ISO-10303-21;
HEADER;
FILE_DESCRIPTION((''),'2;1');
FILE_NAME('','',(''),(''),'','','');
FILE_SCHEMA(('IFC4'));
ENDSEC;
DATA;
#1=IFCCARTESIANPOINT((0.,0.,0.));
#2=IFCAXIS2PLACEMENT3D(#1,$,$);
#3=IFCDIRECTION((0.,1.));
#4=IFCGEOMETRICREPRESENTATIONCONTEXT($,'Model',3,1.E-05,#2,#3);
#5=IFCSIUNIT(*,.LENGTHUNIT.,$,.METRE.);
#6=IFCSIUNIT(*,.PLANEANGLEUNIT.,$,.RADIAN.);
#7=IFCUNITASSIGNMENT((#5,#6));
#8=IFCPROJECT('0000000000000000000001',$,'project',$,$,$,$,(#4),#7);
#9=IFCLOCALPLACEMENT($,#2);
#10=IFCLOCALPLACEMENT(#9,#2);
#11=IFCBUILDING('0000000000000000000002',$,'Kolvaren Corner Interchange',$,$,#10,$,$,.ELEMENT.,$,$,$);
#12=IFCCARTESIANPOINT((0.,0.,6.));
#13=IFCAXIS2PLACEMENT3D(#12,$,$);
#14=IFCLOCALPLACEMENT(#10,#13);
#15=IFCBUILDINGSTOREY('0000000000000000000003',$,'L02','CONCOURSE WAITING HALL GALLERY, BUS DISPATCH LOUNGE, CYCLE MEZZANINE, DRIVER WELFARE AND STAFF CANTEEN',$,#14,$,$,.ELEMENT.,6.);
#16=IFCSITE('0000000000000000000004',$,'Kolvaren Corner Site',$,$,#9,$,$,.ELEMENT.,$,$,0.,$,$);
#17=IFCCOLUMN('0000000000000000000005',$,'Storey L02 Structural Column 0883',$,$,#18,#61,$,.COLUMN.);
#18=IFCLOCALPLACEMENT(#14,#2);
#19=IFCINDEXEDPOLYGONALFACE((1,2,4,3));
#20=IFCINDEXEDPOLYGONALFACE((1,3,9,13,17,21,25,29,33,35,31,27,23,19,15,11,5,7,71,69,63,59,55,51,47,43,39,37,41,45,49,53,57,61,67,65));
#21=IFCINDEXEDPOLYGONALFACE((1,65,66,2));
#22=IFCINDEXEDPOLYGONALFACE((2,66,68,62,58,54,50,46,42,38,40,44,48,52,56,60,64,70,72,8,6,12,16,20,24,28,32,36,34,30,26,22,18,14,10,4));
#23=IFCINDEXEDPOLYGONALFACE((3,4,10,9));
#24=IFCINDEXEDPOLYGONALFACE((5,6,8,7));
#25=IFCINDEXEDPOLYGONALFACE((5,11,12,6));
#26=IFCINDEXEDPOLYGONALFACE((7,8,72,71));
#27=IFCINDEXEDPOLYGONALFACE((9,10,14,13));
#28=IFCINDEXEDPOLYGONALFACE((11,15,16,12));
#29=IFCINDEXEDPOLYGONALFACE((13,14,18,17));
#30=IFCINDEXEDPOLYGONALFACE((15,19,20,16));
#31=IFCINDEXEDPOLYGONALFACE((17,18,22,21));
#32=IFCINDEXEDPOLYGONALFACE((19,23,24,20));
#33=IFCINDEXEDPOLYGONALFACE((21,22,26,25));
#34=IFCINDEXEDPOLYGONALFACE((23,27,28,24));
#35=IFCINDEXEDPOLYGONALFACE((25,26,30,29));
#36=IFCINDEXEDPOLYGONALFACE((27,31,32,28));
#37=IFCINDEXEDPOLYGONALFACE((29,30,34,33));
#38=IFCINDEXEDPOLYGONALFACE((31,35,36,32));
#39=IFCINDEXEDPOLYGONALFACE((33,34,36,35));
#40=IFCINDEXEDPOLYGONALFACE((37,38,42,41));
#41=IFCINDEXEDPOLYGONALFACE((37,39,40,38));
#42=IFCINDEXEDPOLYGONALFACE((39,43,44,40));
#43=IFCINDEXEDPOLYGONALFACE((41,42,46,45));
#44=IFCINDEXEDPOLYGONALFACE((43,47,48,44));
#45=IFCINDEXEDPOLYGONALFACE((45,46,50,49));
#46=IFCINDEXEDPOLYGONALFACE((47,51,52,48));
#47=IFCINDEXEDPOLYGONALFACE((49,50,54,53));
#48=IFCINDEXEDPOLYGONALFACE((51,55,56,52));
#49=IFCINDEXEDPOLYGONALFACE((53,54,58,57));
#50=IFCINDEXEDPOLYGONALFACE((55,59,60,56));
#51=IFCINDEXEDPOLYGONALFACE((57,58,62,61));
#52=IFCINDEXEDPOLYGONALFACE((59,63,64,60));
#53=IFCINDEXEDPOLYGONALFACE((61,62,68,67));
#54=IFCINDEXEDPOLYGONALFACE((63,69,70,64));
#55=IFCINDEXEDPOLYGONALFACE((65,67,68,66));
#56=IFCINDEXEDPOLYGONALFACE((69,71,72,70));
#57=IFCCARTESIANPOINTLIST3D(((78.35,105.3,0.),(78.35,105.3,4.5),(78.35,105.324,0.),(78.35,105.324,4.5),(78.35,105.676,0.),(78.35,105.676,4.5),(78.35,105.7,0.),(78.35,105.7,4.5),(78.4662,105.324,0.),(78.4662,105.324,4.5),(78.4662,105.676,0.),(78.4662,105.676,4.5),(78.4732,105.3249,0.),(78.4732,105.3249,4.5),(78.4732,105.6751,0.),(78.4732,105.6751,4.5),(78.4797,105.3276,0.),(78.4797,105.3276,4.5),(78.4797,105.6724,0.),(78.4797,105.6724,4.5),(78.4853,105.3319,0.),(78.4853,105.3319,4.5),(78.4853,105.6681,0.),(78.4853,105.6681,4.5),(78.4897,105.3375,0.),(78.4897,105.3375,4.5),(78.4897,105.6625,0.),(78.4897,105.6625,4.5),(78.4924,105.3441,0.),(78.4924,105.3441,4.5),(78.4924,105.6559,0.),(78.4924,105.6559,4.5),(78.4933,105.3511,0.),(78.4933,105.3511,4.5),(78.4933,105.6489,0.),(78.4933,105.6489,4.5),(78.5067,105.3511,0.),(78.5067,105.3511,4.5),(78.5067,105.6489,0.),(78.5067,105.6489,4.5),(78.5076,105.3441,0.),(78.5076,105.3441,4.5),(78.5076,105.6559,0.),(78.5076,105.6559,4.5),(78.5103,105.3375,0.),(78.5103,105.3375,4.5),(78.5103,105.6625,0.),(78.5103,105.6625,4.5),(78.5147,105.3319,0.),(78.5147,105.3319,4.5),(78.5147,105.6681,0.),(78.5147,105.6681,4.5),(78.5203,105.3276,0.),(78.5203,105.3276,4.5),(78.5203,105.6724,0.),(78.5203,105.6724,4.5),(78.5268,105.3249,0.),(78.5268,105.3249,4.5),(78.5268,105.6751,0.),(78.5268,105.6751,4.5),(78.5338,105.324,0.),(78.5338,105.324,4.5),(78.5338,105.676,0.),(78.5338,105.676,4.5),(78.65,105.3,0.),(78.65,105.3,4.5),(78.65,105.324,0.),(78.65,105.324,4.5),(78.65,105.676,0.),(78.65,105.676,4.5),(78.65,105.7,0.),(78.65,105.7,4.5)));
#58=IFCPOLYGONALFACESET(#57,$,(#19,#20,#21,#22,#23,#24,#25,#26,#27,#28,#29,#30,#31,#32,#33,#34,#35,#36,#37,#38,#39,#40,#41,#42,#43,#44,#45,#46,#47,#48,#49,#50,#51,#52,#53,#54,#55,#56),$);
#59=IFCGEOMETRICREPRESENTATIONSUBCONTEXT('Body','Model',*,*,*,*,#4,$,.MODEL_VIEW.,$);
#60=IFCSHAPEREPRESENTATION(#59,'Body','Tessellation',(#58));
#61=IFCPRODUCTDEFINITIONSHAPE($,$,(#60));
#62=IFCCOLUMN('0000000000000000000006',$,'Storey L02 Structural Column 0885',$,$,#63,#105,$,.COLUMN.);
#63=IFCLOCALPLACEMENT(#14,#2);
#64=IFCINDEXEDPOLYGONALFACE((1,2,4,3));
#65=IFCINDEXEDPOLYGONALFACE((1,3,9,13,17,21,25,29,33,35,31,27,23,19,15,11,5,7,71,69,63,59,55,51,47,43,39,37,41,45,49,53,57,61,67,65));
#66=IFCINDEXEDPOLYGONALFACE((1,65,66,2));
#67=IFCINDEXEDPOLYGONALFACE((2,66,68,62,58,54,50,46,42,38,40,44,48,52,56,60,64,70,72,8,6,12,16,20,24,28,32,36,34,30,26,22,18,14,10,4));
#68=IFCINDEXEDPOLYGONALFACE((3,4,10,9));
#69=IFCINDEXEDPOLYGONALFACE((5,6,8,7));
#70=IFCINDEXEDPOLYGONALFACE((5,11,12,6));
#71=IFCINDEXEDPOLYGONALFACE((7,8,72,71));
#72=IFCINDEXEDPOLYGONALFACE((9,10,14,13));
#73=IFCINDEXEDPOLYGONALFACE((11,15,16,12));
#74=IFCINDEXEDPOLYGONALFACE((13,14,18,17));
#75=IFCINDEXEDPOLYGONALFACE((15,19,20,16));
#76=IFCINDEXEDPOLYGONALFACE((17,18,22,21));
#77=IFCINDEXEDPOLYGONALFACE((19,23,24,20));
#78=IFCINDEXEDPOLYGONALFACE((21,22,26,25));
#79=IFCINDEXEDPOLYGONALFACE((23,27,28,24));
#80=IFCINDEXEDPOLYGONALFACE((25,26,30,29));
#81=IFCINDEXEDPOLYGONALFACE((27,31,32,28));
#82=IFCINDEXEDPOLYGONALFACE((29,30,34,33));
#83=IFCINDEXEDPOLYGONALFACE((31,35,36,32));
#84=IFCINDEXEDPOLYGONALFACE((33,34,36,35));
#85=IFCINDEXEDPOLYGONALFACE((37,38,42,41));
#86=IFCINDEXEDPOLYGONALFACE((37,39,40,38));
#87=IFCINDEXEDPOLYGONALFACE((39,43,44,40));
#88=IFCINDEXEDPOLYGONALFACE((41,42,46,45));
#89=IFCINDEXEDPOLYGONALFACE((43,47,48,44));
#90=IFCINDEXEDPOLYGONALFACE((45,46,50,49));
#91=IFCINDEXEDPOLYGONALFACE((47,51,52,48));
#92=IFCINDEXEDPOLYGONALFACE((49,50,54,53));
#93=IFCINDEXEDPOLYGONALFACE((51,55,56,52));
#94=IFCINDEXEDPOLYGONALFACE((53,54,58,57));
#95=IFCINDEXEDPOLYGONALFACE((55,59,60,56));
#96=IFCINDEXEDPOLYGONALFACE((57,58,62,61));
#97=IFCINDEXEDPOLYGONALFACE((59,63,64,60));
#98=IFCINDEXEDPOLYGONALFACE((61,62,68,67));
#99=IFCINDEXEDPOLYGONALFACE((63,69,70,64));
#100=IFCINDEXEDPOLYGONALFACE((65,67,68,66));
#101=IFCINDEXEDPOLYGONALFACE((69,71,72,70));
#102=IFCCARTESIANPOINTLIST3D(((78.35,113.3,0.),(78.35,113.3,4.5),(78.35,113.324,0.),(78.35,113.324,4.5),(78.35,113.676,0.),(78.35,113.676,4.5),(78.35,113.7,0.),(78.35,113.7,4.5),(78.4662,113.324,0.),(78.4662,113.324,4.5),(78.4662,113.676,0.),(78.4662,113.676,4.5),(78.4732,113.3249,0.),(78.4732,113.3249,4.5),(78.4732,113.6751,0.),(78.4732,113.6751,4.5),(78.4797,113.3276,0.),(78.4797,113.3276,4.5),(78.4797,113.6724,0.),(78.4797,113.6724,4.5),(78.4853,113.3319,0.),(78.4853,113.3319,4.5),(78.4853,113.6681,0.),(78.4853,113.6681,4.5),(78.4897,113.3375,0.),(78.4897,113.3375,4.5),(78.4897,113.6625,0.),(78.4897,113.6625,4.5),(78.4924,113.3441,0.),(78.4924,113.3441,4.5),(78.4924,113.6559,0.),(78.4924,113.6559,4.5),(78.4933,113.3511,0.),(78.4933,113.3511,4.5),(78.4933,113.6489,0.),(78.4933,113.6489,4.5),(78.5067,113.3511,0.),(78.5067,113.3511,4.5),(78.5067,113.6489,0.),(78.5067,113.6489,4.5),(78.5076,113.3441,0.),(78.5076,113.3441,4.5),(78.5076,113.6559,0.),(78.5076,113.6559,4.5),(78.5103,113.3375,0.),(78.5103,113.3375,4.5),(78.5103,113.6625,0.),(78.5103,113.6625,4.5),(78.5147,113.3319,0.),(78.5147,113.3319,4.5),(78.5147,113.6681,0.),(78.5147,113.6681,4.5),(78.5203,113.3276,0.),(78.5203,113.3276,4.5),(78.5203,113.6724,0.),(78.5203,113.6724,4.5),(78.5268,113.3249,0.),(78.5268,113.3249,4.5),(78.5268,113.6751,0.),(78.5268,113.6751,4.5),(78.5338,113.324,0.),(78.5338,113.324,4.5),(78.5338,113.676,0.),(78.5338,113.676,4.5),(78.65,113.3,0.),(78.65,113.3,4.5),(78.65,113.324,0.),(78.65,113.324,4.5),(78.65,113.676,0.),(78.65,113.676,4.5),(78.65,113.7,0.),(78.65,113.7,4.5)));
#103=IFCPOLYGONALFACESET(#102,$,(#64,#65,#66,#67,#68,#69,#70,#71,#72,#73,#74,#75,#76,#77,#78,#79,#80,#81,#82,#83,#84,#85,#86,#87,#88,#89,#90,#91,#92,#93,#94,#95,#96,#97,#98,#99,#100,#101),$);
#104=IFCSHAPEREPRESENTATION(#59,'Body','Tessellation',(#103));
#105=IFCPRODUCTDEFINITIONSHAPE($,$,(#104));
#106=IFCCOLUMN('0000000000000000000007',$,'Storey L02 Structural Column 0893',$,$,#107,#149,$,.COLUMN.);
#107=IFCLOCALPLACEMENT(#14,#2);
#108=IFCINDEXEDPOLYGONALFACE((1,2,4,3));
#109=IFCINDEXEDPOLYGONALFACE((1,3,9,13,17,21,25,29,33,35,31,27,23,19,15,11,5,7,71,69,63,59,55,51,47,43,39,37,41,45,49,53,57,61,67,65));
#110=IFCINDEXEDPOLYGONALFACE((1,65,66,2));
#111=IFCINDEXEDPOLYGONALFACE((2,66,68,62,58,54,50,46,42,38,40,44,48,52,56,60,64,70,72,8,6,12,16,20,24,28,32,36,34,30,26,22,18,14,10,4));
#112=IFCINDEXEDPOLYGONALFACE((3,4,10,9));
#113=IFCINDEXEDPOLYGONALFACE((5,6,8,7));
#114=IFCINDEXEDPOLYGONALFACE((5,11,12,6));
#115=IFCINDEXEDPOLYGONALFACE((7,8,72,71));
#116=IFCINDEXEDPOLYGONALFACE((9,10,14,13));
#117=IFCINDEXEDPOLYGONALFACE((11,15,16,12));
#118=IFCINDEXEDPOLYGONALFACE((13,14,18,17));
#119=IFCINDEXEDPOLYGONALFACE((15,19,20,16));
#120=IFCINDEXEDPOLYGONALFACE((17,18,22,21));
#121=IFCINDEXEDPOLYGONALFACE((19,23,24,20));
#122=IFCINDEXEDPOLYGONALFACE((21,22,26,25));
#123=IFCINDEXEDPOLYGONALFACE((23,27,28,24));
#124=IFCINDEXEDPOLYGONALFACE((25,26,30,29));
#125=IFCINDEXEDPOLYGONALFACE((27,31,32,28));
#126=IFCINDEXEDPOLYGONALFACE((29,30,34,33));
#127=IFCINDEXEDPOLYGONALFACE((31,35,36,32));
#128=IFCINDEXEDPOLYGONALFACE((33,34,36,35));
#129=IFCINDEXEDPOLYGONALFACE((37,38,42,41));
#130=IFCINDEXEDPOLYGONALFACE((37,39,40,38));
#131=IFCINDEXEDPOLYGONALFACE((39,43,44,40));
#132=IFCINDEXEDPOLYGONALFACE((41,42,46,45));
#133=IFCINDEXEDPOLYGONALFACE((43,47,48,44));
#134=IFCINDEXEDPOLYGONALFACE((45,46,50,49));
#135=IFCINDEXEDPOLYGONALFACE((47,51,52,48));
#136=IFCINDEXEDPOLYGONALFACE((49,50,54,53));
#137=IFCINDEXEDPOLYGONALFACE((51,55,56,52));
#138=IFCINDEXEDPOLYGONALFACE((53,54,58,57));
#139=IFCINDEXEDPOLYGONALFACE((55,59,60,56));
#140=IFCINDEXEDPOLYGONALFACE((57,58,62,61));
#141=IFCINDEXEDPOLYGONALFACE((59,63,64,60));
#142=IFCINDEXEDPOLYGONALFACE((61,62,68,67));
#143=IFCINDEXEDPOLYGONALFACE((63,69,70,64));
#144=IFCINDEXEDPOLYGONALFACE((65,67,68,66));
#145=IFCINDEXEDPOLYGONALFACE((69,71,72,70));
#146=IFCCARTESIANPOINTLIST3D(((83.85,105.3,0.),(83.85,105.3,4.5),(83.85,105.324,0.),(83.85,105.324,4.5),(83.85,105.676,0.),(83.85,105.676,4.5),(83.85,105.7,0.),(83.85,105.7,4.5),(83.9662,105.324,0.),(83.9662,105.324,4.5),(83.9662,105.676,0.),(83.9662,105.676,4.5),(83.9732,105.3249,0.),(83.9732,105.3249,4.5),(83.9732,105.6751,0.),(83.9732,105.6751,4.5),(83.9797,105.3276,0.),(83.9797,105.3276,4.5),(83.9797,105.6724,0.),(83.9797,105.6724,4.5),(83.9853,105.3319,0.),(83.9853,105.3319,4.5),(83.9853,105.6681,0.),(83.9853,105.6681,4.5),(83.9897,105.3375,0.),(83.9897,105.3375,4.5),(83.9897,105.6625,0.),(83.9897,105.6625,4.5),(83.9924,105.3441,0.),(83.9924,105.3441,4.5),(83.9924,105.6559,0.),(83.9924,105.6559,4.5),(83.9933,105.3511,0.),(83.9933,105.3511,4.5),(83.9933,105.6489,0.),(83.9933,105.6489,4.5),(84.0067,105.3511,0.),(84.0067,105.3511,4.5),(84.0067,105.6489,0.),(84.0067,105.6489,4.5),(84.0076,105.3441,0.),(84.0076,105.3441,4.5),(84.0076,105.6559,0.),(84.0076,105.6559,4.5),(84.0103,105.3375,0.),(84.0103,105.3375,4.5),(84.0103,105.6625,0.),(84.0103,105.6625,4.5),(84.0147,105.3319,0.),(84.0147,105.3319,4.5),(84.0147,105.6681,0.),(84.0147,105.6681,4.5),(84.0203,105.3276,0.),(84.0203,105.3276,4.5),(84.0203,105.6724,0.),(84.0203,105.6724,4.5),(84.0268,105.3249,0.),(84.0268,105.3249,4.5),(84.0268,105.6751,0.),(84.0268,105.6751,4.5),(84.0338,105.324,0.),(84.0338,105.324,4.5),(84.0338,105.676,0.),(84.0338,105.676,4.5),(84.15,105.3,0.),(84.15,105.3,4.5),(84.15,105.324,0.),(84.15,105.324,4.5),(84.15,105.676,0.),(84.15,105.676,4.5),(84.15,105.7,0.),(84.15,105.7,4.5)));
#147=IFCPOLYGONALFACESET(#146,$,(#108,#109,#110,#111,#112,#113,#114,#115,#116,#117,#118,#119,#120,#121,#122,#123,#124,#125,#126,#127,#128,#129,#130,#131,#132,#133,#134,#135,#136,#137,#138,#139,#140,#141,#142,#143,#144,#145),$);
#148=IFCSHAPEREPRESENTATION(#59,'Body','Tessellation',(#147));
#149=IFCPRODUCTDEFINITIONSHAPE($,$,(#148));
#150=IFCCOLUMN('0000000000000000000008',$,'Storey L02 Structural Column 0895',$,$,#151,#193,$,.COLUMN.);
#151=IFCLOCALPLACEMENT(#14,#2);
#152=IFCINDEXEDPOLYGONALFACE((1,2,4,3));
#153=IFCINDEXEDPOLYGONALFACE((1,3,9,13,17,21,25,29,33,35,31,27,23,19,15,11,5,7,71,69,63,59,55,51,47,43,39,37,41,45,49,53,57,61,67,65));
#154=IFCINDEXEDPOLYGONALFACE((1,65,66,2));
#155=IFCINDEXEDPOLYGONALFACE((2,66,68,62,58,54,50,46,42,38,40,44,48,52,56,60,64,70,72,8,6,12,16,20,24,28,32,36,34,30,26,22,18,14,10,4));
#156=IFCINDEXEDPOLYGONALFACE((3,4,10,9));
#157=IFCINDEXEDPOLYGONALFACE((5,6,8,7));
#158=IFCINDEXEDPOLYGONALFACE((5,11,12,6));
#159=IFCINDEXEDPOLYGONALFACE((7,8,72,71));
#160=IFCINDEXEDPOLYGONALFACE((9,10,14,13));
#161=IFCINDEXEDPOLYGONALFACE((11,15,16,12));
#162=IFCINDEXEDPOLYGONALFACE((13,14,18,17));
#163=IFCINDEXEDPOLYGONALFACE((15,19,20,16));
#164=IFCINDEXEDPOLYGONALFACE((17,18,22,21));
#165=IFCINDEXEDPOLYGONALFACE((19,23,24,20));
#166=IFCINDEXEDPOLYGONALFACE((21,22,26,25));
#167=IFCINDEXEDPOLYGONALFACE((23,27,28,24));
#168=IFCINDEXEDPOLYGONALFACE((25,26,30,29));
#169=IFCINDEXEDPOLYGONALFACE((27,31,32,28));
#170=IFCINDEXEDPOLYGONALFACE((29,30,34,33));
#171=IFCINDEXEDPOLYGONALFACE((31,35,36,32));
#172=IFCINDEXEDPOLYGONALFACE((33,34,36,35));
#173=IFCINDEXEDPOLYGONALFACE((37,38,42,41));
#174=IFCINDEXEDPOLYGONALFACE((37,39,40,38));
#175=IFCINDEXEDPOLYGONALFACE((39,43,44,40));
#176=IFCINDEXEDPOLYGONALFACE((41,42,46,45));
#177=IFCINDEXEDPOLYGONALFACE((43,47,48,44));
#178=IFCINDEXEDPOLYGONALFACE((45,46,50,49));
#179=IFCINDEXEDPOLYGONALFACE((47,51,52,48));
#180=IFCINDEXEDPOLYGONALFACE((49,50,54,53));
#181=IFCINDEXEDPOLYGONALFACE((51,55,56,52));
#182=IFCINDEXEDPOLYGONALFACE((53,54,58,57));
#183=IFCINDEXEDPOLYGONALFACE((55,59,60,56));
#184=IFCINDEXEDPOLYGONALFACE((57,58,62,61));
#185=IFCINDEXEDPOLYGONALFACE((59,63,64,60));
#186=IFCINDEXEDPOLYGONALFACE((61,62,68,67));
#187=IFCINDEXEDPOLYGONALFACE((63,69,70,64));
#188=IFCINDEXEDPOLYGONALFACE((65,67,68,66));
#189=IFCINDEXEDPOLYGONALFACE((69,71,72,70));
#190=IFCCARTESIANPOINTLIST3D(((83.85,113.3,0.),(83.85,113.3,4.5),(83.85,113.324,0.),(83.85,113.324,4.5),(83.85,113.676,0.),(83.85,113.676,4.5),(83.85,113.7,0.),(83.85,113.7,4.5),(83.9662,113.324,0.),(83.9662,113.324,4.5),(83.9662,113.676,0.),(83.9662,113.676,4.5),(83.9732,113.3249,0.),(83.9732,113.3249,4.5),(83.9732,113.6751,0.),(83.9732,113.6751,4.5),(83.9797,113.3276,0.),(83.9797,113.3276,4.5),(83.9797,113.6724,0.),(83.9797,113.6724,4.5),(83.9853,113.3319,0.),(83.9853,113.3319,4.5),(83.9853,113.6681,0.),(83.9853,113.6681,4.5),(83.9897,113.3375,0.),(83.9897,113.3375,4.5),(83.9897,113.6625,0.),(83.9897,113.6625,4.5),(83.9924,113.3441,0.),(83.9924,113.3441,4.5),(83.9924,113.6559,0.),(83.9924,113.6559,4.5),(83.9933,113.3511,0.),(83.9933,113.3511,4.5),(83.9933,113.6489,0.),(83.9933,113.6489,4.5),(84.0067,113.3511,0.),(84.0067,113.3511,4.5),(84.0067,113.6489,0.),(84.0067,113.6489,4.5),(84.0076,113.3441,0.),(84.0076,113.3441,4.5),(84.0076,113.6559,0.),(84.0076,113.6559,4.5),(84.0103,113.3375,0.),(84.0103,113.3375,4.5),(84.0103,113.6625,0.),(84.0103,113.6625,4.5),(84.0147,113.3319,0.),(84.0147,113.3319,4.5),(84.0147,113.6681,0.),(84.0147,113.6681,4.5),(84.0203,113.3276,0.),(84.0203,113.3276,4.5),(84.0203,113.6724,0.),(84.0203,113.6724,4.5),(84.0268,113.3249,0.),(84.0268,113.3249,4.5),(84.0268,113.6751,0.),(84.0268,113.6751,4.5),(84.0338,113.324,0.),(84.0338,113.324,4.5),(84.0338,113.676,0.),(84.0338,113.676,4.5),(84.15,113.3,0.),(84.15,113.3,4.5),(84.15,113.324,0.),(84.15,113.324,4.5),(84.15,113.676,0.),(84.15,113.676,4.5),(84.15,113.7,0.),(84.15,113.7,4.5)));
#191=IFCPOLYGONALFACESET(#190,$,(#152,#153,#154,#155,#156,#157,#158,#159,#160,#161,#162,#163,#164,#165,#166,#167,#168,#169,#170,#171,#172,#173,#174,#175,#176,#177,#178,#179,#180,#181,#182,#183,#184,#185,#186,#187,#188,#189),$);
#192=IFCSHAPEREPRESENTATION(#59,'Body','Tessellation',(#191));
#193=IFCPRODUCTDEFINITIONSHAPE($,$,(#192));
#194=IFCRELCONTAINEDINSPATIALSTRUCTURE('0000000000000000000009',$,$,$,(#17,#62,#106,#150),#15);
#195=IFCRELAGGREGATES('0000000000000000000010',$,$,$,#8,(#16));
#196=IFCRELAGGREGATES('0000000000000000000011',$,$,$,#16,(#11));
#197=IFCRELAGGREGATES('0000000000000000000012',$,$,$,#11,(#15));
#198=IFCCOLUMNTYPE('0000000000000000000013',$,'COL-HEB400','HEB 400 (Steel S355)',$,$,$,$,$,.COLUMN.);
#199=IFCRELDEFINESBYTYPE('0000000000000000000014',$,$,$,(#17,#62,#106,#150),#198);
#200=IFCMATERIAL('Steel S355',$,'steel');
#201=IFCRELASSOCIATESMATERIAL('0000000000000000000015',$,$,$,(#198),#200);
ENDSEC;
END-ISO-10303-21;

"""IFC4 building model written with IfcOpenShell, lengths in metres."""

from ifc_helpers import new_model, si_unit, direction, frame, origin, origin_2d, place, context, subcontext, project, spatial, i_section, extrude, material, material_profile, profile_set, type_object, element, save


model = new_model("IFC4")

# Units and contexts
model_context = context("Model", 3, precision=1e-05, world=origin(), true_north=direction((0.0, 1.0)))
body_context = subcontext(model_context, "Body", "Model", "MODEL_VIEW")
ifc_project = project(units=[si_unit("LENGTHUNIT", "METRE"), si_unit("PLANEANGLEUNIT", "RADIAN")], contexts=[model_context])

# Site, building, storey
site_placement = place(None, origin())
site = spatial("IfcSite", under=ifc_project, at=site_placement, Name="Kolvaren Corner Site", CompositionType="ELEMENT", RefElevation=0.0)
building_placement = place(site_placement, origin())
building = spatial("IfcBuilding", under=site, at=building_placement, Name="Kolvaren Corner Interchange", CompositionType="ELEMENT")
storey_placement = place(building_placement, frame((0.0, 0.0, 6.0)))
storey = spatial("IfcBuildingStorey", under=building, at=storey_placement, Name="L02", Description="CONCOURSE WAITING HALL GALLERY, BUS DISPATCH LOUNGE, CYCLE MEZZANINE, DRIVER WELFARE AND STAFF CANTEEN", CompositionType="ELEMENT", Elevation=6.0)

# Columns
ifc_material_1 = material(Name="Steel S355", Category="steel")
ifc_material_profile_1 = material_profile(ifc_material_1, i_section(OverallWidth=0.3, OverallDepth=0.3999, WebThickness=0.0134, FlangeThickness=0.0239, FilletRadius=0.0271, at=origin_2d()), Name="HEB 400")
ifc_profile_set_1 = profile_set([ifc_material_profile_1], Name="Steel S355")
column_type = type_object("IfcColumnType", Name="COL-HEB400", Description="HEB 400 (Steel S355)", PredefinedType="COLUMN", material=ifc_profile_set_1)
for number, where, z_axis, x_axis, name in (
    (1, (78.5, 105.5, 0.0), (0.0, 0.0, 1.0), (1.0, 0.0, 0.0), "Storey L02 Structural Column 0883"),
    (2, (78.5, 113.5, 0.0), (0.0, 0.0, 1.0), (1.0, 0.0, 0.0), "Storey L02 Structural Column 0885"),
    (3, (84.0, 105.5, 0.0), (0.0, 0.0, 1.0), (1.0, 0.0, 0.0), "Storey L02 Structural Column 0893"),
    (4, (84.0, 113.5, 0.0), (0.0, 0.0, 1.0), (1.0, 0.0, 0.0), "Storey L02 Structural Column 0895"),
):
    element("IfcColumn", number, at=place(storey_placement, frame(where, z_axis=z_axis, x_axis=x_axis)), inside=storey, type_object=column_type, Name=name, PredefinedType="COLUMN", context=body_context, shape_type="SweptSolid", body=[
        extrude(i_section(OverallWidth=0.3, OverallDepth=0.3999, WebThickness=0.0134, FlangeThickness=0.0239, FilletRadius=0.0271, at=origin_2d()), origin(), (0.0, 0.0, 1.0), 4.5),
    ])

save(model, "model.ifc")
